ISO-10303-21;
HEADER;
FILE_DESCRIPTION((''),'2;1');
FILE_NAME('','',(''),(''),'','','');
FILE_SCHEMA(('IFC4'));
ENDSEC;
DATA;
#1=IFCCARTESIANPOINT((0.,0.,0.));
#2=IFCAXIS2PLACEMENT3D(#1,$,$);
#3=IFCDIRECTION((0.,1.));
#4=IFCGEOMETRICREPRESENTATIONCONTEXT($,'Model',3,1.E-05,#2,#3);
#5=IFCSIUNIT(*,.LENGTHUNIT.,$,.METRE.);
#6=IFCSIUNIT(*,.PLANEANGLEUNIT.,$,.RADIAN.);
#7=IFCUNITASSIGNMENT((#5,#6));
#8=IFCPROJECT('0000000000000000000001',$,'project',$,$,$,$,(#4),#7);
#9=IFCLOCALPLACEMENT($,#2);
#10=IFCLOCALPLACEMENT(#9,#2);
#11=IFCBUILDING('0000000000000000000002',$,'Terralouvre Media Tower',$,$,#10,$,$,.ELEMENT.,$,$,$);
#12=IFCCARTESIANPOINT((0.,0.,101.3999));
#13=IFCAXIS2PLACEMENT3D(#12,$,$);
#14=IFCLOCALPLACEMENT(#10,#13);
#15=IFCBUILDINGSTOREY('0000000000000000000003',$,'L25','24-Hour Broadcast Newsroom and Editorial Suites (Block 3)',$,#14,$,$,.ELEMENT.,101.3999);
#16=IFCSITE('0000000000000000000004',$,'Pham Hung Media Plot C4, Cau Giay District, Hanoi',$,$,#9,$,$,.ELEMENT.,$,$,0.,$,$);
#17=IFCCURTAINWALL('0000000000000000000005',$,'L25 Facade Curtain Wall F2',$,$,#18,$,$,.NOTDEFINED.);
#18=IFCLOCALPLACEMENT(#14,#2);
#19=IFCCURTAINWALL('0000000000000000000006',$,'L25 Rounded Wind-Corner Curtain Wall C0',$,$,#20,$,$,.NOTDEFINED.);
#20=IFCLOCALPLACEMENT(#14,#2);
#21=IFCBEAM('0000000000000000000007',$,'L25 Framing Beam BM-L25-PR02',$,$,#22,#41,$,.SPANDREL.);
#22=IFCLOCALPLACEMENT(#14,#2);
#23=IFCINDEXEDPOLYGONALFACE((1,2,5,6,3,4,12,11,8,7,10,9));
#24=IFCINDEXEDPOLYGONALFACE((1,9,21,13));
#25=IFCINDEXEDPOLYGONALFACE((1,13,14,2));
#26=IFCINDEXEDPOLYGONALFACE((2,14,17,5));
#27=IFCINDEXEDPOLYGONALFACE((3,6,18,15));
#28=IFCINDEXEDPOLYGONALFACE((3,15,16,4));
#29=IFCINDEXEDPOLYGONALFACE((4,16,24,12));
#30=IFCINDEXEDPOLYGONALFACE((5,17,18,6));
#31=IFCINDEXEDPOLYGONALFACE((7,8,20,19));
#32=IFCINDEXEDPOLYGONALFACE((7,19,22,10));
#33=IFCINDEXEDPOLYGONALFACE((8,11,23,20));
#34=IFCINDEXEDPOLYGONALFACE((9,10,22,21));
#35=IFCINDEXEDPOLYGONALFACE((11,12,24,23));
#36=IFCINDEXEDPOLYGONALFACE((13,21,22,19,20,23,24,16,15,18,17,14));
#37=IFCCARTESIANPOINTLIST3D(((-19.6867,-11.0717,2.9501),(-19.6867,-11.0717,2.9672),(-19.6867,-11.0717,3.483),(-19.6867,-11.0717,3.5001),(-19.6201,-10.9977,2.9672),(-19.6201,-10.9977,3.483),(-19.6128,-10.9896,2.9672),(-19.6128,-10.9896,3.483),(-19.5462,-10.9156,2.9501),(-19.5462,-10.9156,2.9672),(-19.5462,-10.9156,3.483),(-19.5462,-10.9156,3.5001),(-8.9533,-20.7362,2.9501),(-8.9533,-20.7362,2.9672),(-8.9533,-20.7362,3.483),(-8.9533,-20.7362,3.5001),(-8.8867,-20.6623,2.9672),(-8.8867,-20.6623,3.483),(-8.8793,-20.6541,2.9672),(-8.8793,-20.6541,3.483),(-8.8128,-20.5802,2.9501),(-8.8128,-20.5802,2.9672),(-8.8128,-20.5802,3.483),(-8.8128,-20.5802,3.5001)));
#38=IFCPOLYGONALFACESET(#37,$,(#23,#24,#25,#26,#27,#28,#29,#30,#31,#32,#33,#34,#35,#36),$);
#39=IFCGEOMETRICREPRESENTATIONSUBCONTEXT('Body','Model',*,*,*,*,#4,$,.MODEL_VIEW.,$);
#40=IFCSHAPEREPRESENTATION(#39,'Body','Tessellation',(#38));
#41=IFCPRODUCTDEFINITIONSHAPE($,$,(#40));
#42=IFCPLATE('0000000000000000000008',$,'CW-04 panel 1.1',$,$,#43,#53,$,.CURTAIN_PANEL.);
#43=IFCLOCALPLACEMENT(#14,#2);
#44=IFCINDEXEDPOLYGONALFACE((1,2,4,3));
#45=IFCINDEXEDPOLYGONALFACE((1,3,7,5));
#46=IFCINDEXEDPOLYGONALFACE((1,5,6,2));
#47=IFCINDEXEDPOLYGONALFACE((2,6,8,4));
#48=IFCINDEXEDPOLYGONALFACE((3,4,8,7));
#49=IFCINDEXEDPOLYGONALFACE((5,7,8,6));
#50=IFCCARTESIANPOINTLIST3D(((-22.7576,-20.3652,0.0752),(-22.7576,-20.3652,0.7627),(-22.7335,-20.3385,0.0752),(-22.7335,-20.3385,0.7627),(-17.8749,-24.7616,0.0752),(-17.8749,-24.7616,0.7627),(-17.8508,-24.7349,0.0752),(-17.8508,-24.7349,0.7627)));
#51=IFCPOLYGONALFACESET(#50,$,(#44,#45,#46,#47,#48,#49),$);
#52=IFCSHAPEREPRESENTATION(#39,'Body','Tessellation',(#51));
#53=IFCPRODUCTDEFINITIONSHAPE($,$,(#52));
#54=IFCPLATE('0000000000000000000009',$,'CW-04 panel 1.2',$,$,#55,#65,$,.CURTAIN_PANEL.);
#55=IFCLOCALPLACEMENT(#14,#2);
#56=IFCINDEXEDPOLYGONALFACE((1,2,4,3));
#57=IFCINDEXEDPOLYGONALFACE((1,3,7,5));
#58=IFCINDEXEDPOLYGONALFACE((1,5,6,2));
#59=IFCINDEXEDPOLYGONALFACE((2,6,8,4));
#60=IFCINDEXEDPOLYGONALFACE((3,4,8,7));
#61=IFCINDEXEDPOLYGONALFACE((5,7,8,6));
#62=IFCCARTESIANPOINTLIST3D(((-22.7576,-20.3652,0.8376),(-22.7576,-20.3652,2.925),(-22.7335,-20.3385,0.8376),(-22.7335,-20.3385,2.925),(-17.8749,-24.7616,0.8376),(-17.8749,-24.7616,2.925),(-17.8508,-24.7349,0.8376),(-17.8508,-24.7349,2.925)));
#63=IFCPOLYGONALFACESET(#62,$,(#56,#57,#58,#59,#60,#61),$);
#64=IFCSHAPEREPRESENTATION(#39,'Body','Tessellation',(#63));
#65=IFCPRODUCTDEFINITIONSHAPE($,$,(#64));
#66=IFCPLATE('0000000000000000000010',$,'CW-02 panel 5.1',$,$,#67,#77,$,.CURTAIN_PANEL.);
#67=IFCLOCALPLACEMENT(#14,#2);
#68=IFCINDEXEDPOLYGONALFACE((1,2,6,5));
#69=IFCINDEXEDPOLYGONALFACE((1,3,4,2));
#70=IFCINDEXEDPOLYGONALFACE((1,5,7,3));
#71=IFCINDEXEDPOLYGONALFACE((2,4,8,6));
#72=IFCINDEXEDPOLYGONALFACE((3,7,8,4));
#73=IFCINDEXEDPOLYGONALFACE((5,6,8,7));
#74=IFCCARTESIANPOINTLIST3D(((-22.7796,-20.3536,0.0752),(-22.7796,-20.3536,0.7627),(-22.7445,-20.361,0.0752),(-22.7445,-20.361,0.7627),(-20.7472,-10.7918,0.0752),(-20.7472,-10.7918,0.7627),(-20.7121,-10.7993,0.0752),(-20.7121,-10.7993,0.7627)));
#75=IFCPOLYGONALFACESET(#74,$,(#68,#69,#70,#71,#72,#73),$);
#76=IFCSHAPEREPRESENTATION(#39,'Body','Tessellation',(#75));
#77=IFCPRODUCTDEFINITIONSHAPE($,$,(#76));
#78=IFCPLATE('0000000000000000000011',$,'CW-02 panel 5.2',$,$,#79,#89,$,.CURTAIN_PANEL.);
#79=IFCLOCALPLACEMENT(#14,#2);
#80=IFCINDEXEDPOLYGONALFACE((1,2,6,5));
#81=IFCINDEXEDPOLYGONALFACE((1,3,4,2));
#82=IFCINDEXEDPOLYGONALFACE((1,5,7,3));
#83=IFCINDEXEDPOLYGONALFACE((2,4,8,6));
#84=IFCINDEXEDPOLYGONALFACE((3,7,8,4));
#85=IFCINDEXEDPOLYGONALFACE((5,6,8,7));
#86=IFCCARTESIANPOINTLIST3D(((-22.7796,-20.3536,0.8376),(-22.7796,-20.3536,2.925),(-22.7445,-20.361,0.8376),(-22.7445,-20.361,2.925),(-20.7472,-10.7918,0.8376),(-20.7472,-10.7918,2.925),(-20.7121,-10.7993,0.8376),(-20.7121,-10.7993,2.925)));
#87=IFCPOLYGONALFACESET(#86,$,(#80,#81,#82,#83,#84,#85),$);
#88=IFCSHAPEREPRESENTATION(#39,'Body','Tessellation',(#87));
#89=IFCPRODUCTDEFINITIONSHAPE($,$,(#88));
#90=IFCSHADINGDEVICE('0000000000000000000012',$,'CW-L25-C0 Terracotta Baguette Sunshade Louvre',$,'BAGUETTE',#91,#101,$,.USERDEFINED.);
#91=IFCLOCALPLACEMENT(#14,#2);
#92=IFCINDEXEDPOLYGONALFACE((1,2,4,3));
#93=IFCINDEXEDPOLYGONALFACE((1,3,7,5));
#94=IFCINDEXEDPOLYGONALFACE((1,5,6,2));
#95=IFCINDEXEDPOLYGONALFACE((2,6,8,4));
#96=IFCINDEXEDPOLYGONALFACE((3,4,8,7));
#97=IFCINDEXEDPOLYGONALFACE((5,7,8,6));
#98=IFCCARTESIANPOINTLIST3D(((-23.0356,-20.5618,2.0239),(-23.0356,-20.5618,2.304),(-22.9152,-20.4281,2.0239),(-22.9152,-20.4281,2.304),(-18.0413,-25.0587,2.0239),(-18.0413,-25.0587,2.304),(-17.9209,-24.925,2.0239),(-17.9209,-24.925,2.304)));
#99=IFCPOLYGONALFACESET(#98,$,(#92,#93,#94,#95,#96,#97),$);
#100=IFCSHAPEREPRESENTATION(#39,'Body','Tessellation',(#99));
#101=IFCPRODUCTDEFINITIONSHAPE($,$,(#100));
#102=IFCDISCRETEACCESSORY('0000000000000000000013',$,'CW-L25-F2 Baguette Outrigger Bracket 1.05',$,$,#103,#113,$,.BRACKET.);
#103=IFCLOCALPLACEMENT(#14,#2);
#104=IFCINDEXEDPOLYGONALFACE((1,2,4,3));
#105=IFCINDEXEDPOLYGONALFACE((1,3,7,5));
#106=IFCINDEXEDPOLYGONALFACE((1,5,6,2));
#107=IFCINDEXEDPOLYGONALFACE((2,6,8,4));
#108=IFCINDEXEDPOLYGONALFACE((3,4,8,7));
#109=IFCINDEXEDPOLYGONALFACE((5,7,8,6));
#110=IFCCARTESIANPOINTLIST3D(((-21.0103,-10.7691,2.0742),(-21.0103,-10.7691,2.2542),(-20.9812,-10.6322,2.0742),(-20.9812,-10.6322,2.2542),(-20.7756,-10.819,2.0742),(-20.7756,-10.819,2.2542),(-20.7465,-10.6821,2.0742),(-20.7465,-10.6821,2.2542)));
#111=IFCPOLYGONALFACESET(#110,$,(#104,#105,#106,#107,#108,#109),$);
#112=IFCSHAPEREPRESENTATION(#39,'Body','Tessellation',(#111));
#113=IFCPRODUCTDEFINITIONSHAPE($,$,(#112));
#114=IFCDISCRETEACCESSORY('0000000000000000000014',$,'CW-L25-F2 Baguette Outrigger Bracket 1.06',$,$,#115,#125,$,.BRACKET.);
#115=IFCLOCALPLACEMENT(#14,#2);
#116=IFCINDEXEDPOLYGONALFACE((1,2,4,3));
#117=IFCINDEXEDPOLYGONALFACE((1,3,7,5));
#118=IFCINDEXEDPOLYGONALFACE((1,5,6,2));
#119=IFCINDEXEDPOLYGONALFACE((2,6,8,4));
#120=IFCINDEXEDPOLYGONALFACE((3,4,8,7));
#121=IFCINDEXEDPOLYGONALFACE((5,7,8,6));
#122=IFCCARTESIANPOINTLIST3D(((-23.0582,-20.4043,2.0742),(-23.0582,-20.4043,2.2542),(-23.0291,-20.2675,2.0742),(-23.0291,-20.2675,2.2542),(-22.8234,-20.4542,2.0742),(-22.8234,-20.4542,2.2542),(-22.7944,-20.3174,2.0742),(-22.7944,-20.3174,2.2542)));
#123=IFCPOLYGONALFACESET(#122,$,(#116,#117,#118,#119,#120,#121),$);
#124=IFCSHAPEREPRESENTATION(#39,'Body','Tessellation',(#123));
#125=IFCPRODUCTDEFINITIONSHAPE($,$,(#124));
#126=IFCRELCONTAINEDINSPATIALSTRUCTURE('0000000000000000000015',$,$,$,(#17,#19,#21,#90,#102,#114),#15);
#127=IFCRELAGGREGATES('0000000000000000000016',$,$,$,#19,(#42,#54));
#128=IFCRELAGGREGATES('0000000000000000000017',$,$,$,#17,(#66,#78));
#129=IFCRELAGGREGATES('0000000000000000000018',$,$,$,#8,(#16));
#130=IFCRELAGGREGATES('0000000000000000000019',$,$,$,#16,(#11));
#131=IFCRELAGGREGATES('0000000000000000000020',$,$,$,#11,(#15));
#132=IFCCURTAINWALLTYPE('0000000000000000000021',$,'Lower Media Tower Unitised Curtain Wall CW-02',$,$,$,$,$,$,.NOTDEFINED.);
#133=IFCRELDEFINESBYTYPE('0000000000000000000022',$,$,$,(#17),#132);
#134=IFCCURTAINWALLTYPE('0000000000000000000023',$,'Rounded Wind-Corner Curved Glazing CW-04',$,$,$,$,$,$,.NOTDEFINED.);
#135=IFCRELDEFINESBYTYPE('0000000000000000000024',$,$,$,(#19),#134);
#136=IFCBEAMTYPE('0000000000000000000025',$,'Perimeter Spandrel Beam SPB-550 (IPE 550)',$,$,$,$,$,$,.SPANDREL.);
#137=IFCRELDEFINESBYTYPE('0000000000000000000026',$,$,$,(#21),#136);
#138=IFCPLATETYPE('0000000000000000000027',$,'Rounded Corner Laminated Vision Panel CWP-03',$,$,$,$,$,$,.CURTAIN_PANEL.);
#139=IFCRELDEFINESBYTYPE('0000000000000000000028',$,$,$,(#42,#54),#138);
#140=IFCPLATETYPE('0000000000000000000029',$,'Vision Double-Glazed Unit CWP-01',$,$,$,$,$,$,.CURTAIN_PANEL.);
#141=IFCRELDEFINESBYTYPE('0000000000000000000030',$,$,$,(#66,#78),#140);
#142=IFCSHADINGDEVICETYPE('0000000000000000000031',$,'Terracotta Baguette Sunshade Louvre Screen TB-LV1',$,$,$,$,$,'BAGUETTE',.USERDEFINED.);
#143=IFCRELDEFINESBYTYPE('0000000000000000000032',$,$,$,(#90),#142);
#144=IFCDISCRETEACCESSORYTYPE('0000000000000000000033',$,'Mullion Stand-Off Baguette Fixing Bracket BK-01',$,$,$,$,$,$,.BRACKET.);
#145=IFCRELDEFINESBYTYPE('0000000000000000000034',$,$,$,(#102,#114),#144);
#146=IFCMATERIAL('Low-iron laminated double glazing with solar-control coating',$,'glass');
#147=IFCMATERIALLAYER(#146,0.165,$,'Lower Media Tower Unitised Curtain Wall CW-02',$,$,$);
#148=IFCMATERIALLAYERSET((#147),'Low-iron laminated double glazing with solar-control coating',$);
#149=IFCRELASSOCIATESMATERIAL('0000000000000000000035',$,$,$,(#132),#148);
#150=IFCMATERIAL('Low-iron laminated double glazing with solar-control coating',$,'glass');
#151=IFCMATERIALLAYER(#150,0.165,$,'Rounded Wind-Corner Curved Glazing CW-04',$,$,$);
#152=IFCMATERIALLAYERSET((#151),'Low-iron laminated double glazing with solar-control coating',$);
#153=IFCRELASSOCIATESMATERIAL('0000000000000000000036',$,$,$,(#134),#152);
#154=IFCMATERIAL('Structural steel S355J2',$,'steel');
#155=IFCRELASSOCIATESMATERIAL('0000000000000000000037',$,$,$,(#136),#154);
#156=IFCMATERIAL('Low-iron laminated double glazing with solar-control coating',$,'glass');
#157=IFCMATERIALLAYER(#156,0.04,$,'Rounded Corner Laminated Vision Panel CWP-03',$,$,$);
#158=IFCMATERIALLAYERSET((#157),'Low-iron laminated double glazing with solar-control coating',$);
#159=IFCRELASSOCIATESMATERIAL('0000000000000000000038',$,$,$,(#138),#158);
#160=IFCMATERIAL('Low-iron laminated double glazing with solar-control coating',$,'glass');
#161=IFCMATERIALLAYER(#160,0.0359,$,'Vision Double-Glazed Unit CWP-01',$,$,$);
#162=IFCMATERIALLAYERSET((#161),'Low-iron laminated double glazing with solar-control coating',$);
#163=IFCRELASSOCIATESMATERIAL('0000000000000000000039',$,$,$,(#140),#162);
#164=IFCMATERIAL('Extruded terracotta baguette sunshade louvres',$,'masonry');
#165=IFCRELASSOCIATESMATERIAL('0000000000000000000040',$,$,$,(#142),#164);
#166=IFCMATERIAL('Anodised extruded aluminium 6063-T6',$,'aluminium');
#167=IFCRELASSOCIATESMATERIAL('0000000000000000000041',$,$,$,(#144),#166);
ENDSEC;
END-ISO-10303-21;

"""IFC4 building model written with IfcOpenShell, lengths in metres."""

from ifc_helpers import new_model, si_unit, direction, frame, origin, origin_2d, place, context, subcontext, project, spatial, rectangle, i_section, extrude, material, layer, layer_set, material_profile, profile_set, type_object, element, aggregate, save


model = new_model("IFC4")

# Units and contexts
model_context = context("Model", 3, precision=1e-05, world=origin(), true_north=direction((0.0, 1.0)))
body_context = subcontext(model_context, "Body", "Model", "MODEL_VIEW")
ifc_project = project(units=[si_unit("LENGTHUNIT", "METRE"), si_unit("PLANEANGLEUNIT", "RADIAN")], contexts=[model_context])

# Site, building, storey
site_placement = place(None, origin())
site = spatial("IfcSite", under=ifc_project, at=site_placement, Name="Pham Hung Media Plot C4, Cau Giay District, Hanoi", CompositionType="ELEMENT", RefElevation=0.0)
building_placement = place(site_placement, origin())
building = spatial("IfcBuilding", under=site, at=building_placement, Name="Terralouvre Media Tower", CompositionType="ELEMENT")
storey_placement = place(building_placement, frame((0.0, 0.0, 101.3999)))
storey = spatial("IfcBuildingStorey", under=building, at=storey_placement, Name="L25", Description="24-Hour Broadcast Newsroom and Editorial Suites (Block 3)", CompositionType="ELEMENT", Elevation=101.3999)

# Curtain walls
ifc_material_1 = material(Name="Low-iron laminated double glazing with solar-control coating", Category="glass")
ifc_layer_1 = layer(ifc_material_1, 0.165, Name="Lower Media Tower Unitised Curtain Wall CW-02")
ifc_layer_set_1 = layer_set([ifc_layer_1], Name="Low-iron laminated double glazing with solar-control coating")
curtain_wall_type_1 = type_object("IfcCurtainWallType", Name="Lower Media Tower Unitised Curtain Wall CW-02", PredefinedType="NOTDEFINED", material=ifc_layer_set_1)
curtain_wall_1_placement = place(storey_placement, origin())
curtain_wall_1 = element("IfcCurtainWall", 1, at=curtain_wall_1_placement, inside=storey, type_object=curtain_wall_type_1, Name="L25 Facade Curtain Wall F2", PredefinedType="NOTDEFINED")
ifc_material_2 = material(Name="Low-iron laminated double glazing with solar-control coating", Category="glass")
ifc_layer_2 = layer(ifc_material_2, 0.165, Name="Rounded Wind-Corner Curved Glazing CW-04")
ifc_layer_set_2 = layer_set([ifc_layer_2], Name="Low-iron laminated double glazing with solar-control coating")
curtain_wall_type_2 = type_object("IfcCurtainWallType", Name="Rounded Wind-Corner Curved Glazing CW-04", PredefinedType="NOTDEFINED", material=ifc_layer_set_2)
curtain_wall_2_placement = place(storey_placement, origin())
curtain_wall_2 = element("IfcCurtainWall", 2, at=curtain_wall_2_placement, inside=storey, type_object=curtain_wall_type_2, Name="L25 Rounded Wind-Corner Curtain Wall C0", PredefinedType="NOTDEFINED")

# Beam
ifc_material_3 = material(Name="Structural steel S355J2", Category="steel")
ifc_material_profile_1 = material_profile(ifc_material_3, i_section(OverallWidth=0.21, OverallDepth=0.55, WebThickness=0.011, FlangeThickness=0.0171, at=origin_2d()), Name="IPE 550")
ifc_profile_set_1 = profile_set([ifc_material_profile_1], Name="Structural steel S355J2")
beam_type = type_object("IfcBeamType", Name="Perimeter Spandrel Beam SPB-550 (IPE 550)", PredefinedType="SPANDREL", material=ifc_profile_set_1)
beam_placement = place(storey_placement, frame((-19.6165, -10.9937, 3.2251), z_axis=(0.743139, -0.669137, 0.0), x_axis=(0.669137, 0.743139, 0.0)))
element("IfcBeam", 3, at=beam_placement, inside=storey, type_object=beam_type, Name="L25 Framing Beam BM-L25-PR02", PredefinedType="SPANDREL", context=body_context, shape_type="SweptSolid", body=[
    extrude(i_section(OverallWidth=0.21, OverallDepth=0.55, WebThickness=0.011, FlangeThickness=0.0171, at=origin_2d()), origin(), (0.0, 0.0, 1.0), 14.4434),
])

# Plates
ifc_material_4 = material(Name="Low-iron laminated double glazing with solar-control coating", Category="glass")
ifc_layer_3 = layer(ifc_material_4, 0.04, Name="Rounded Corner Laminated Vision Panel CWP-03")
ifc_layer_set_3 = layer_set([ifc_layer_3], Name="Low-iron laminated double glazing with solar-control coating")
plate_type_1 = type_object("IfcPlateType", Name="Rounded Corner Laminated Vision Panel CWP-03", PredefinedType="CURTAIN_PANEL", material=ifc_layer_set_3)
plate_1_placement = place(storey_placement, frame((-20.3042, -22.55, 0.0752), z_axis=(0.0, 0.0, 1.0), x_axis=(0.743145, -0.669131, 0.0)))
plate_1 = element("IfcPlate", 4, at=plate_1_placement, type_object=plate_type_1, Name="CW-04 panel 1.1", PredefinedType="CURTAIN_PANEL", context=body_context, shape_type="SweptSolid", body=[
    extrude(rectangle(XDim=6.5703, YDim=0.0359, at=origin_2d()), origin(), (0.0, 0.0, 1.0), 0.6875),
])
plate_2_placement = place(storey_placement, frame((-20.3042, -22.55, 0.8376), z_axis=(0.0, 0.0, 1.0), x_axis=(0.743145, -0.669131, 0.0)))
plate_2 = element("IfcPlate", 5, at=plate_2_placement, type_object=plate_type_1, Name="CW-04 panel 1.2", PredefinedType="CURTAIN_PANEL", context=body_context, shape_type="SweptSolid", body=[
    extrude(rectangle(XDim=6.5703, YDim=0.0359, at=origin_2d()), origin(), (0.0, 0.0, 1.0), 2.0874),
])
aggregate(curtain_wall_2, [plate_1, plate_2])
ifc_material_5 = material(Name="Low-iron laminated double glazing with solar-control coating", Category="glass")
ifc_layer_4 = layer(ifc_material_5, 0.0359, Name="Vision Double-Glazed Unit CWP-01")
ifc_layer_set_4 = layer_set([ifc_layer_4], Name="Low-iron laminated double glazing with solar-control coating")
plate_type_2 = type_object("IfcPlateType", Name="Vision Double-Glazed Unit CWP-01", PredefinedType="CURTAIN_PANEL", material=ifc_layer_set_4)
plate_3_placement = place(storey_placement, frame((-21.7458, -15.5764, 0.0752), z_axis=(0.0, 0.0, 1.0), x_axis=(-0.207912, -0.978148, 0.0)))
plate_3 = element("IfcPlate", 6, at=plate_3_placement, type_object=plate_type_2, Name="CW-02 panel 5.1", PredefinedType="CURTAIN_PANEL", context=body_context, shape_type="SweptSolid", body=[
    extrude(rectangle(XDim=9.7754, YDim=0.0359, at=origin_2d()), origin(), (0.0, 0.0, 1.0), 0.6875),
])
plate_4_placement = place(storey_placement, frame((-21.7458, -15.5764, 0.8376), z_axis=(0.0, 0.0, 1.0), x_axis=(-0.207912, -0.978148, 0.0)))
plate_4 = element("IfcPlate", 7, at=plate_4_placement, type_object=plate_type_2, Name="CW-02 panel 5.2", PredefinedType="CURTAIN_PANEL", context=body_context, shape_type="SweptSolid", body=[
    extrude(rectangle(XDim=9.7754, YDim=0.0359, at=origin_2d()), origin(), (0.0, 0.0, 1.0), 2.0874),
])
aggregate(curtain_wall_1, [plate_3, plate_4])

# Shading device
ifc_material_6 = material(Name="Extruded terracotta baguette sunshade louvres", Category="masonry")
shading_device_type = type_object("IfcShadingDeviceType", Name="Terracotta Baguette Sunshade Louvre Screen TB-LV1", ElementType="BAGUETTE", PredefinedType="USERDEFINED", material=ifc_material_6)
shading_device_placement = place(storey_placement, frame((-20.4783, -22.7434, 2.0239), z_axis=(0.0, 0.0, 1.0), x_axis=(0.743145, -0.669131, 0.0)))
element("IfcShadingDevice", 8, at=shading_device_placement, inside=storey, type_object=shading_device_type, Name="CW-L25-C0 Terracotta Baguette Sunshade Louvre", ObjectType="BAGUETTE", PredefinedType="USERDEFINED", context=body_context, shape_type="SweptSolid", body=[
    extrude(rectangle(XDim=6.7205, YDim=0.1799, at=origin_2d()), origin(), (0.0, 0.0, 1.0), 0.28),
])

# Discrete accessories
ifc_material_7 = material(Name="Anodised extruded aluminium 6063-T6", Category="aluminium")
discrete_accessory_type = type_object("IfcDiscreteAccessoryType", Name="Mullion Stand-Off Baguette Fixing Bracket BK-01", PredefinedType="BRACKET", material=ifc_material_7)
for number, where, z_axis, x_axis, name in (
    (9, (-20.8784, -10.7256, 2.0742), (0.0, 0.0, 1.0), (-0.207912, -0.978148, 0.0), "CW-L25-F2 Baguette Outrigger Bracket 1.05"),
    (10, (-22.9263, -20.3608, 2.0742), (0.0, 0.0, 1.0), (-0.207912, -0.978148, 0.0), "CW-L25-F2 Baguette Outrigger Bracket 1.06"),
):
    element("IfcDiscreteAccessory", number, at=place(storey_placement, frame(where, z_axis=z_axis, x_axis=x_axis)), inside=storey, type_object=discrete_accessory_type, Name=name, PredefinedType="BRACKET", context=body_context, shape_type="SweptSolid", body=[
        extrude(rectangle(XDim=0.1399, YDim=0.24, at=origin_2d()), origin(), (0.0, 0.0, 1.0), 0.1799),
    ])

save(model, "model.ifc")
